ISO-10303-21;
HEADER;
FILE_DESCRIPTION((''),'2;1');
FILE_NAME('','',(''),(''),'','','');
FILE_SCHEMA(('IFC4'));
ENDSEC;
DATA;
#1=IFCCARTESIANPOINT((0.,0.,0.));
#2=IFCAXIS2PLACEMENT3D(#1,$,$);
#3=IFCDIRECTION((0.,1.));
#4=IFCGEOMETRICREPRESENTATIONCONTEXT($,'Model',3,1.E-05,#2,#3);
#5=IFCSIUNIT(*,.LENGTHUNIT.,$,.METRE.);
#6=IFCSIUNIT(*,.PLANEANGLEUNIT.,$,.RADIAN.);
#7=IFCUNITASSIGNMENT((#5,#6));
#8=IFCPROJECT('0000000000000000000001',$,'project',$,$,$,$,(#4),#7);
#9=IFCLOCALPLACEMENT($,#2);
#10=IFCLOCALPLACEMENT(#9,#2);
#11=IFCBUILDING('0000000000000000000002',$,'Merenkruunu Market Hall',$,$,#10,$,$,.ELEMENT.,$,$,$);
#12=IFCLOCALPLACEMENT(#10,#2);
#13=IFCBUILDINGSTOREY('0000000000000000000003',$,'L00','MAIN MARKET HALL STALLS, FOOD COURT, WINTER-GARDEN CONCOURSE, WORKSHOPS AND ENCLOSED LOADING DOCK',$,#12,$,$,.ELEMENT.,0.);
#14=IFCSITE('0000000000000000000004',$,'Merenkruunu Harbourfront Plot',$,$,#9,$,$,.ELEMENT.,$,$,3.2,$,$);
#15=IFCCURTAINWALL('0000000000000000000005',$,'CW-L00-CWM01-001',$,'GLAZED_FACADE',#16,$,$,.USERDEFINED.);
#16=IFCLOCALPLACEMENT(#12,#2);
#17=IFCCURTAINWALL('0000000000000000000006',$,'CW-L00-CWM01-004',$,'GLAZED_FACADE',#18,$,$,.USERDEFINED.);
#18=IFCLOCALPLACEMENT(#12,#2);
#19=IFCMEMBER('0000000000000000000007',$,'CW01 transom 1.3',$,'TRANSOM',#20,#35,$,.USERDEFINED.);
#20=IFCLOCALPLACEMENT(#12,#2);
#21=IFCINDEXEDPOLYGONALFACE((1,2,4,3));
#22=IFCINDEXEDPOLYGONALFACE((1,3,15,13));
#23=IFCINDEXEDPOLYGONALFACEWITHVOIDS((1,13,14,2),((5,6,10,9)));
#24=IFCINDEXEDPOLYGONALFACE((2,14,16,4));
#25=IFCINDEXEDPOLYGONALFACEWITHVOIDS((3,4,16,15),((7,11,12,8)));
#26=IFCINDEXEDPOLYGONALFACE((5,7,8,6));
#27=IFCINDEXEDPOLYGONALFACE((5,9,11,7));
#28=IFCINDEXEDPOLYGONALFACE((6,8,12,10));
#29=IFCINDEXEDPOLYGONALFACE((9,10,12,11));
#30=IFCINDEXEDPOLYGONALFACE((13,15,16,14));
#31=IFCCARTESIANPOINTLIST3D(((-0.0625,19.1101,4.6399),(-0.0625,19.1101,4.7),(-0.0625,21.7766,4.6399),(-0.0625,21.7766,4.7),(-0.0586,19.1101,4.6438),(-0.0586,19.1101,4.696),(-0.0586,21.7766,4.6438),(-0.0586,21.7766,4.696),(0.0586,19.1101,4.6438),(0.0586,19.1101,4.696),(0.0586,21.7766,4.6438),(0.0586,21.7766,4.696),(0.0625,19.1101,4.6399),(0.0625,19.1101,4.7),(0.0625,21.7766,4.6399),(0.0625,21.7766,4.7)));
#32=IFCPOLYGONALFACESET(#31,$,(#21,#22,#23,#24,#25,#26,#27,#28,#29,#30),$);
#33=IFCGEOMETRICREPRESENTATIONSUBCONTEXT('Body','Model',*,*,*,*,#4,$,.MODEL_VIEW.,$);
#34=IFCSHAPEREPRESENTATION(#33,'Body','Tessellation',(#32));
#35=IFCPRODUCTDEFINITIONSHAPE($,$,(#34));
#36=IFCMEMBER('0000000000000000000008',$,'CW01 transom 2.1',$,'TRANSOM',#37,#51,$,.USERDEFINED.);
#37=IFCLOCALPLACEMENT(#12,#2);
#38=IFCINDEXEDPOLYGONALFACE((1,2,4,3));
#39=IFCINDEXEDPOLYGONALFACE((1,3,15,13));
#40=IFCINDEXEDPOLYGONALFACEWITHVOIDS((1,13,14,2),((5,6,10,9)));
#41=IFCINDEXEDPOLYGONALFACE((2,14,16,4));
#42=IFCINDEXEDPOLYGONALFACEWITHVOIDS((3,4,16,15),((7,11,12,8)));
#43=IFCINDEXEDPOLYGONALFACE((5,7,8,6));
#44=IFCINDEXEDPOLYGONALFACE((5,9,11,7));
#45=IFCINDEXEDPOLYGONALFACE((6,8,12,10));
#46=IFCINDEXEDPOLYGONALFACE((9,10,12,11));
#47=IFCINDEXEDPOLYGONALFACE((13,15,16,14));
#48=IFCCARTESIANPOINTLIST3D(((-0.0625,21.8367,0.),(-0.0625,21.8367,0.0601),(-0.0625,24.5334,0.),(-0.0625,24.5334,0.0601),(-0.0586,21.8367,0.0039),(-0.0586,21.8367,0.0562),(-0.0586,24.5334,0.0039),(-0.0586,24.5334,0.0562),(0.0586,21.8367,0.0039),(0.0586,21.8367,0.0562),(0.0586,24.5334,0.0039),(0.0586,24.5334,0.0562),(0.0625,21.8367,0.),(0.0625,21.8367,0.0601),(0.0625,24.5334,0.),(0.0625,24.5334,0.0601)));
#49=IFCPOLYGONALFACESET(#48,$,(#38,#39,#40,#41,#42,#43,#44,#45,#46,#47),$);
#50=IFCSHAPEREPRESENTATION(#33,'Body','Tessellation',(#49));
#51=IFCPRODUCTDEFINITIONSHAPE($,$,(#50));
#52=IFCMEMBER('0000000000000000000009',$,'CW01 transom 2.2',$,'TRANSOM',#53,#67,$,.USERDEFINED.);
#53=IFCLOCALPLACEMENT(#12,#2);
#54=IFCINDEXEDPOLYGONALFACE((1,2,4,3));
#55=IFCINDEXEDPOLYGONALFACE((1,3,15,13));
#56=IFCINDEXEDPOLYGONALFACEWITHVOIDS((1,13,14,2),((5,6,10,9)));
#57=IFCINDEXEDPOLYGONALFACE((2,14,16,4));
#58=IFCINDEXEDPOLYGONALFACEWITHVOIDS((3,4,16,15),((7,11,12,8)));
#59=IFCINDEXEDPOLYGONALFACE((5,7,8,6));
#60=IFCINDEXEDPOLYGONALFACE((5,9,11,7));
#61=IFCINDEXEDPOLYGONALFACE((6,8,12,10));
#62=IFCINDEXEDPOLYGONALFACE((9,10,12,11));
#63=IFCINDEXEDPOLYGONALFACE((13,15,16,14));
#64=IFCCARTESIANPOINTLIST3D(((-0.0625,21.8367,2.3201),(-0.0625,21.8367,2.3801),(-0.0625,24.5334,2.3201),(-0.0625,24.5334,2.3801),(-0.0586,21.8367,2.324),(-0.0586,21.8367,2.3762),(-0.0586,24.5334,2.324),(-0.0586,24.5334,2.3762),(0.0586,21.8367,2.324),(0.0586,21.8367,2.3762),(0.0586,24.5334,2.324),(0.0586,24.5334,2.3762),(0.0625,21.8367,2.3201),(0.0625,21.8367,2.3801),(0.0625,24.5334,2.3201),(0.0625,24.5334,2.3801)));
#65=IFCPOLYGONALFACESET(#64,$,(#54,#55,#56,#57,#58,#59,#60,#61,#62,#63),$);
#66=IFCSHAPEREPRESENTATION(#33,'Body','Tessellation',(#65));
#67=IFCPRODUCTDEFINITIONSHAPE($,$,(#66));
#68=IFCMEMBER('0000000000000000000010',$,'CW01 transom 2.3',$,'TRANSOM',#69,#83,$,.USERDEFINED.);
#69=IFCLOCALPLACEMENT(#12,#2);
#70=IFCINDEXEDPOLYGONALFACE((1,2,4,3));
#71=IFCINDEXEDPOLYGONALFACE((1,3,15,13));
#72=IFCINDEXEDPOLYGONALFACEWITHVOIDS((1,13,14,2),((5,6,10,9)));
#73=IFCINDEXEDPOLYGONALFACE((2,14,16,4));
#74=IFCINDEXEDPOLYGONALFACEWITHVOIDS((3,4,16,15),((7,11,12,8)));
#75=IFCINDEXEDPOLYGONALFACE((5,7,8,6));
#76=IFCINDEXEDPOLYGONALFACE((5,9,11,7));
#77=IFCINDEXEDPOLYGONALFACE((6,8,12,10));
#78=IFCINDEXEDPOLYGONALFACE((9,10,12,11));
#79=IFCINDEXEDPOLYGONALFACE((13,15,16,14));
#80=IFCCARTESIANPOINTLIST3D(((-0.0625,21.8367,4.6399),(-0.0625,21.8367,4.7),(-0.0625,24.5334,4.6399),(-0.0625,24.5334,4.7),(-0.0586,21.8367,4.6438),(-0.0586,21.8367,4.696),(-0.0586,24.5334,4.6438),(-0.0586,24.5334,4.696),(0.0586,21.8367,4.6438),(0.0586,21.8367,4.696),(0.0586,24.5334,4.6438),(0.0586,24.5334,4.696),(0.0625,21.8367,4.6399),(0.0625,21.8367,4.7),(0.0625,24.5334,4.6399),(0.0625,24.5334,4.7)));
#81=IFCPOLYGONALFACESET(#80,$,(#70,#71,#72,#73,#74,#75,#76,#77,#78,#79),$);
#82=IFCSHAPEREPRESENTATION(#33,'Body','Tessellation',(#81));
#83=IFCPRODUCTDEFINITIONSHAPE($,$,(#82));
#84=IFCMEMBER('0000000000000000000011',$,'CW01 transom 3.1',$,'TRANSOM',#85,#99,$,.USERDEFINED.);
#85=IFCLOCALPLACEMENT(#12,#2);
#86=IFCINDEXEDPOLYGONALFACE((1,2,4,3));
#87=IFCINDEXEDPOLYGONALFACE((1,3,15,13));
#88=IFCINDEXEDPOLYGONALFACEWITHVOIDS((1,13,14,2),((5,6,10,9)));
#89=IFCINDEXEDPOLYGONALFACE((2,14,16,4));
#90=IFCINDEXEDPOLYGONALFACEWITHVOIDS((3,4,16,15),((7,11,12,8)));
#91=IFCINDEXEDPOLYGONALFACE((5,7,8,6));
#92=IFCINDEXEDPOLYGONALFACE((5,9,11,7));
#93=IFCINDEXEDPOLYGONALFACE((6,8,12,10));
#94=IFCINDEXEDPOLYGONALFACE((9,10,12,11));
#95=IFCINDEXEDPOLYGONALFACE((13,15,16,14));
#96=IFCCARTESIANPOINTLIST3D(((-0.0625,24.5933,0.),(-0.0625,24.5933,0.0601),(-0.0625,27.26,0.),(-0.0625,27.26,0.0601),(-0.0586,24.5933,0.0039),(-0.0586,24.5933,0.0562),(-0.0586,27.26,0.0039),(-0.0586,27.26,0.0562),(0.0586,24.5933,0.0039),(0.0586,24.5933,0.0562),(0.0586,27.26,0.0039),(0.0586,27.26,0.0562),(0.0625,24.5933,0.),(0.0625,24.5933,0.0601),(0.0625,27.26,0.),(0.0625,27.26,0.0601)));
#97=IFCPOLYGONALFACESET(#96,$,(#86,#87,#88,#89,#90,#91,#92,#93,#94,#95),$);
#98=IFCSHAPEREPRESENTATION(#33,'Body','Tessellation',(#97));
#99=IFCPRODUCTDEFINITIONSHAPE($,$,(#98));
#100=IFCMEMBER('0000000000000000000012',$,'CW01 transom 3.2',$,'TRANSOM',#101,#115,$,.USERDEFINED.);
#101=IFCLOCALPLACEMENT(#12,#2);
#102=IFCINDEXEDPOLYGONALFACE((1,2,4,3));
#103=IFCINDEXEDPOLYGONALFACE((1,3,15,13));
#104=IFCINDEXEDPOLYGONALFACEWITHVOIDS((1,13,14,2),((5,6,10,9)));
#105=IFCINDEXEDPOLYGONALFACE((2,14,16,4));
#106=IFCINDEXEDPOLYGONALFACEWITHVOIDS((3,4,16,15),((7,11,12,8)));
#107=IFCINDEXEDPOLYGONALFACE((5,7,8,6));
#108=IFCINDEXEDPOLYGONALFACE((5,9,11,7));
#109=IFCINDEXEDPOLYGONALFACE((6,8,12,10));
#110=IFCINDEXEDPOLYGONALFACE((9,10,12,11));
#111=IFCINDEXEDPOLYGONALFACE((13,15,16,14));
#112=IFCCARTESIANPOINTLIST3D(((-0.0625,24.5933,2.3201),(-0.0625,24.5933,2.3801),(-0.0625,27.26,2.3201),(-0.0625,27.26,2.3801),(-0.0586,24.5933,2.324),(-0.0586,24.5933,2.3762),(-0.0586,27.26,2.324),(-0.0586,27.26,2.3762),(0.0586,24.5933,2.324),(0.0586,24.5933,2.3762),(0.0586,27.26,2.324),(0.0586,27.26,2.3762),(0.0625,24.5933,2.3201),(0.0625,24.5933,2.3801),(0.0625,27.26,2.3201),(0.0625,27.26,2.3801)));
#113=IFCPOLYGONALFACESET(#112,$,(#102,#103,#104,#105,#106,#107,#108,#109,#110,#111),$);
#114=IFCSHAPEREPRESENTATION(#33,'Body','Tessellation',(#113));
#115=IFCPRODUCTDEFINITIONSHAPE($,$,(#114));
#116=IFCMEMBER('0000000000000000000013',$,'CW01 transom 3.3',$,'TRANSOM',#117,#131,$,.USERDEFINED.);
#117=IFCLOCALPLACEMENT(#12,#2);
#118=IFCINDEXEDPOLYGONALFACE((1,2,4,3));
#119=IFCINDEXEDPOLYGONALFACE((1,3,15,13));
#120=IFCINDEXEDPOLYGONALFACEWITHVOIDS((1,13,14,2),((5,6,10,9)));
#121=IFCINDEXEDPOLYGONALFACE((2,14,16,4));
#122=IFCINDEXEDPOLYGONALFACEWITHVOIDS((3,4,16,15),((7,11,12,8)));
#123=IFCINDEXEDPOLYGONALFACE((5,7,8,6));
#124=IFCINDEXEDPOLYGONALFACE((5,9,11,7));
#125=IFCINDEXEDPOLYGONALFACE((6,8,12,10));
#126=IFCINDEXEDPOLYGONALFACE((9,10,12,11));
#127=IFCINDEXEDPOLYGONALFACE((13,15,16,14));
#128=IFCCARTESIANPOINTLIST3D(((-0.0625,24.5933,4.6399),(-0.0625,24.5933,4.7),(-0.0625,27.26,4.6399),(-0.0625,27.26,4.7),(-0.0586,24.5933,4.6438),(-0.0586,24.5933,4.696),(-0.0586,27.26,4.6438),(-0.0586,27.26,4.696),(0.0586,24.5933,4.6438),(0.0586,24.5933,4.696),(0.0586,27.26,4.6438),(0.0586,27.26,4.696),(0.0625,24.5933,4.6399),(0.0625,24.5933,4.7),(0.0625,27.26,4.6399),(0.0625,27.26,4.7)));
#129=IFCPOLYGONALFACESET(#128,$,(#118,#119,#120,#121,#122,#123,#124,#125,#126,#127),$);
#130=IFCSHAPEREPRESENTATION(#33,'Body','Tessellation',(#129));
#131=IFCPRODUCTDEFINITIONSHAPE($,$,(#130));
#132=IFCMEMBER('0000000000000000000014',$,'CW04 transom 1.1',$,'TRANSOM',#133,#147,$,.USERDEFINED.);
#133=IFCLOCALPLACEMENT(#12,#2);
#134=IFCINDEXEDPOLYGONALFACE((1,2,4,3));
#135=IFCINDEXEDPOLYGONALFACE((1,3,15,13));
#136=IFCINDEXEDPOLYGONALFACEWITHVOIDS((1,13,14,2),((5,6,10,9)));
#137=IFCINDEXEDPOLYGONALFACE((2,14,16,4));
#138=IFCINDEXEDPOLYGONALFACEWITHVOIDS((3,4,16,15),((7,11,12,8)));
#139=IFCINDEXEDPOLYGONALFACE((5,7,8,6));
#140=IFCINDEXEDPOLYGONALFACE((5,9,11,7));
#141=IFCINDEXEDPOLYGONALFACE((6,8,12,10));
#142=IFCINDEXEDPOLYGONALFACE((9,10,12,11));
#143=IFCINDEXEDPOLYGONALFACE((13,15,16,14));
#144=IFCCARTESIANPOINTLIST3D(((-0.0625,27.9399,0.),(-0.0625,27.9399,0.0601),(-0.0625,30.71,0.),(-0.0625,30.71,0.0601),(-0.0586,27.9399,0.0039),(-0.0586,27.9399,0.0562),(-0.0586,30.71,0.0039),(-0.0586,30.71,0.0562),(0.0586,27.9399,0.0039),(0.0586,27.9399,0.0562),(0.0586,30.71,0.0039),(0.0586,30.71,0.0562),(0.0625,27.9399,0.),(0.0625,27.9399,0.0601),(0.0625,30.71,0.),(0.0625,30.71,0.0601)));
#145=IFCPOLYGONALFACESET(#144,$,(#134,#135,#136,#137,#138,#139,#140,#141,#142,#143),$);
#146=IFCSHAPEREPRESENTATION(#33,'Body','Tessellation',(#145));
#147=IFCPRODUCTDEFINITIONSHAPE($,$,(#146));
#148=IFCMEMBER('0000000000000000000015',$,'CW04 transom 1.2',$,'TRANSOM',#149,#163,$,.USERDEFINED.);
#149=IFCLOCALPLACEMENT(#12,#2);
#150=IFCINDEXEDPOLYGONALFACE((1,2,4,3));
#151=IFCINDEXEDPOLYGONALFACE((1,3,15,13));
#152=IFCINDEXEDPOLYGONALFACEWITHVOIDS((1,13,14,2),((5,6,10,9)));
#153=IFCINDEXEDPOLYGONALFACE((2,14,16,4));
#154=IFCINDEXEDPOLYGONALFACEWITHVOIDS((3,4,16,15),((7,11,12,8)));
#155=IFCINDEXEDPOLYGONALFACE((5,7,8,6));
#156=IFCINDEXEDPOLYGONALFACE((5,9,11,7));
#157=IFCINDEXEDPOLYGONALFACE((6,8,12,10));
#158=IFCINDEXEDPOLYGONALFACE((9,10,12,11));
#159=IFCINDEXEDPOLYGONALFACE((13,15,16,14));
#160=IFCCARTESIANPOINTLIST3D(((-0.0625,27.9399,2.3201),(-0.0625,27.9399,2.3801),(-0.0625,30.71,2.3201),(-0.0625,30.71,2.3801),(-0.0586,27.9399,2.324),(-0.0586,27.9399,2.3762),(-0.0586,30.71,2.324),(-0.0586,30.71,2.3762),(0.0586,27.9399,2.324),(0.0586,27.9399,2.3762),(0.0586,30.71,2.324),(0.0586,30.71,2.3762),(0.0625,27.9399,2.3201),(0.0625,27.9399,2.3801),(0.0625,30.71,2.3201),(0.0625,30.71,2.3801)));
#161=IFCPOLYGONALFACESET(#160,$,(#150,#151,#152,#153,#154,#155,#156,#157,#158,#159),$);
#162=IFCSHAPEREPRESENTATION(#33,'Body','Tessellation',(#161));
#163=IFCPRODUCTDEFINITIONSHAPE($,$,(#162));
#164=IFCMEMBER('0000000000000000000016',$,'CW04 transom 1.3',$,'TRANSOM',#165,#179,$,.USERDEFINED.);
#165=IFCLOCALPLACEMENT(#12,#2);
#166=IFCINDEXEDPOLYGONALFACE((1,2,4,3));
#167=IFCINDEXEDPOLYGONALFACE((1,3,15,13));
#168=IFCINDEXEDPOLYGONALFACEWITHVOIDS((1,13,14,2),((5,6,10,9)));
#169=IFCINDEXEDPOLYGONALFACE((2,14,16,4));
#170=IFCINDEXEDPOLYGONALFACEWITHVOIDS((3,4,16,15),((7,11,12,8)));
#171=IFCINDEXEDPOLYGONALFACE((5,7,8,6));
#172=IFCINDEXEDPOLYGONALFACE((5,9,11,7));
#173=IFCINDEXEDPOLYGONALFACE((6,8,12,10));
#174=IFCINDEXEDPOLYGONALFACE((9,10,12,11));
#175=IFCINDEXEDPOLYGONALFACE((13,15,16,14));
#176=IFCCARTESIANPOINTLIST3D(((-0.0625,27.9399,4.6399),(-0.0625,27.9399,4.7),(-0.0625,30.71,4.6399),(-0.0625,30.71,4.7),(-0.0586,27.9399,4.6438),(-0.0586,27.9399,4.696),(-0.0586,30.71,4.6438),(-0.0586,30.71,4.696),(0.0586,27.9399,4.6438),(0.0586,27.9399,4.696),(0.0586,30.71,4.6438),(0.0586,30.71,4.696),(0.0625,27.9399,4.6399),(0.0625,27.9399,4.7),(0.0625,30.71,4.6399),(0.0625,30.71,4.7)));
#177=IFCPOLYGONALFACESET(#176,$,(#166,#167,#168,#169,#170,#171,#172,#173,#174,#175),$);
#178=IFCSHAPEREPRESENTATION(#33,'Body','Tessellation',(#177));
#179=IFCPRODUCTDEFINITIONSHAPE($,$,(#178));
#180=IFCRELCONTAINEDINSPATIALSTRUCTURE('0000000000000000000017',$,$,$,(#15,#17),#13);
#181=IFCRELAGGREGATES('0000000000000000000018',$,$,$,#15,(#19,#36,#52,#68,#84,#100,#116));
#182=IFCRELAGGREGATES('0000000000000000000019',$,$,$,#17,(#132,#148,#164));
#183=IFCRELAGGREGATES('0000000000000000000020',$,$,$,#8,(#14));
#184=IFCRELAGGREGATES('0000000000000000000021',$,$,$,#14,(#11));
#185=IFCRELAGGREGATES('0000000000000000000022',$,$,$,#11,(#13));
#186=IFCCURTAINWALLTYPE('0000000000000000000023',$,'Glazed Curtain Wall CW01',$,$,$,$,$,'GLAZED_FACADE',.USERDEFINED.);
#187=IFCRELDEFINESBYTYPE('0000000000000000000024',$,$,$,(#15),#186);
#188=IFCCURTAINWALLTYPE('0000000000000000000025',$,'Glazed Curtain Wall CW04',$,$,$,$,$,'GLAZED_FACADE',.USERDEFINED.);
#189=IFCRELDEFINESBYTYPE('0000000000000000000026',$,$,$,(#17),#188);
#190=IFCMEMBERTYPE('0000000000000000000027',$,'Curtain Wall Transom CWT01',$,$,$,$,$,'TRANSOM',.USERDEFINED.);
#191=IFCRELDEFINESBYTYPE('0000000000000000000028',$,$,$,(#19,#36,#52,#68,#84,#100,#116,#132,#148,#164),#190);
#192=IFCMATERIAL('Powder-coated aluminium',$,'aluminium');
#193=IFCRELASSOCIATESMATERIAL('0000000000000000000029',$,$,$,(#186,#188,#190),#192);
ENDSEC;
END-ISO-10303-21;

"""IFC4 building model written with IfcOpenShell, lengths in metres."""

from ifc_helpers import new_model, si_unit, direction, frame, origin, origin_2d, place, context, subcontext, project, spatial, hollow_rectangle, extrude, material, material_profile, profile_set, type_object, element, aggregate, save


model = new_model("IFC4")

# Units and contexts
model_context = context("Model", 3, precision=1e-05, world=origin(), true_north=direction((0.0, 1.0)))
body_context = subcontext(model_context, "Body", "Model", "MODEL_VIEW")
ifc_project = project(units=[si_unit("LENGTHUNIT", "METRE"), si_unit("PLANEANGLEUNIT", "RADIAN")], contexts=[model_context])

# Site, building, storey
site_placement = place(None, origin())
site = spatial("IfcSite", under=ifc_project, at=site_placement, Name="Merenkruunu Harbourfront Plot", CompositionType="ELEMENT", RefElevation=3.2)
building_placement = place(site_placement, origin())
building = spatial("IfcBuilding", under=site, at=building_placement, Name="Merenkruunu Market Hall", CompositionType="ELEMENT")
storey_placement = place(building_placement, origin())
storey = spatial("IfcBuildingStorey", under=building, at=storey_placement, Name="L00", Description="MAIN MARKET HALL STALLS, FOOD COURT, WINTER-GARDEN CONCOURSE, WORKSHOPS AND ENCLOSED LOADING DOCK", CompositionType="ELEMENT", Elevation=0.0)

# Curtain walls
ifc_material_1 = material(Name="Powder-coated aluminium", Category="aluminium")
curtain_wall_type_1 = type_object("IfcCurtainWallType", Name="Glazed Curtain Wall CW01", ElementType="GLAZED_FACADE", PredefinedType="USERDEFINED", material=ifc_material_1)
curtain_wall_1_placement = place(storey_placement, origin())
curtain_wall_1 = element("IfcCurtainWall", 1, at=curtain_wall_1_placement, inside=storey, type_object=curtain_wall_type_1, Name="CW-L00-CWM01-001", ObjectType="GLAZED_FACADE", PredefinedType="USERDEFINED")
curtain_wall_type_2 = type_object("IfcCurtainWallType", Name="Glazed Curtain Wall CW04", ElementType="GLAZED_FACADE", PredefinedType="USERDEFINED", material=ifc_material_1)
curtain_wall_2_placement = place(storey_placement, origin())
curtain_wall_2 = element("IfcCurtainWall", 2, at=curtain_wall_2_placement, inside=storey, type_object=curtain_wall_type_2, Name="CW-L00-CWM01-004", ObjectType="GLAZED_FACADE", PredefinedType="USERDEFINED")

# Members
ifc_material_profile_1 = material_profile(ifc_material_1, hollow_rectangle(XDim=0.0601, YDim=0.125, WallThickness=0.0039, at=origin_2d()), Name="ALU 60x125x4")
ifc_profile_set_1 = profile_set([ifc_material_profile_1], Name="Powder-coated aluminium")
member_type_1 = type_object("IfcMemberType", Name="Curtain Wall Transom CWT01", ElementType="TRANSOM", PredefinedType="USERDEFINED", material=ifc_profile_set_1)
member_1_placement = place(storey_placement, frame((0.0, 19.1101, 4.6699), z_axis=(0.0, 1.0, 0.0), x_axis=(0.0, 0.0, 1.0)))
member_1 = element("IfcMember", 3, at=member_1_placement, type_object=member_type_1, Name="CW01 transom 1.3", ObjectType="TRANSOM", PredefinedType="USERDEFINED", context=body_context, shape_type="SweptSolid", body=[
    extrude(hollow_rectangle(XDim=0.0601, YDim=0.125, WallThickness=0.0039, at=origin_2d()), origin(), (0.0, 0.0, 1.0), 2.6665),
])
member_2_placement = place(storey_placement, frame((0.0, 21.8367, 0.03), z_axis=(0.0, 1.0, 0.0), x_axis=(0.0, 0.0, 1.0)))
member_2 = element("IfcMember", 4, at=member_2_placement, type_object=member_type_1, Name="CW01 transom 2.1", ObjectType="TRANSOM", PredefinedType="USERDEFINED", context=body_context, shape_type="SweptSolid", body=[
    extrude(hollow_rectangle(XDim=0.0601, YDim=0.125, WallThickness=0.0039, at=origin_2d()), origin(), (0.0, 0.0, 1.0), 2.6968),
])
member_3_placement = place(storey_placement, frame((0.0, 21.8367, 2.3501), z_axis=(0.0, 1.0, 0.0), x_axis=(0.0, 0.0, 1.0)))
member_3 = element("IfcMember", 5, at=member_3_placement, type_object=member_type_1, Name="CW01 transom 2.2", ObjectType="TRANSOM", PredefinedType="USERDEFINED", context=body_context, shape_type="SweptSolid", body=[
    extrude(hollow_rectangle(XDim=0.0601, YDim=0.125, WallThickness=0.0039, at=origin_2d()), origin(), (0.0, 0.0, 1.0), 2.6968),
])
member_4_placement = place(storey_placement, frame((0.0, 21.8367, 4.6699), z_axis=(0.0, 1.0, 0.0), x_axis=(0.0, 0.0, 1.0)))
member_4 = element("IfcMember", 6, at=member_4_placement, type_object=member_type_1, Name="CW01 transom 2.3", ObjectType="TRANSOM", PredefinedType="USERDEFINED", context=body_context, shape_type="SweptSolid", body=[
    extrude(hollow_rectangle(XDim=0.0601, YDim=0.125, WallThickness=0.0039, at=origin_2d()), origin(), (0.0, 0.0, 1.0), 2.6968),
])
member_5_placement = place(storey_placement, frame((0.0, 24.5933, 0.03), z_axis=(0.0, 1.0, 0.0), x_axis=(0.0, 0.0, 1.0)))
member_5 = element("IfcMember", 7, at=member_5_placement, type_object=member_type_1, Name="CW01 transom 3.1", ObjectType="TRANSOM", PredefinedType="USERDEFINED", context=body_context, shape_type="SweptSolid", body=[
    extrude(hollow_rectangle(XDim=0.0601, YDim=0.125, WallThickness=0.0039, at=origin_2d()), origin(), (0.0, 0.0, 1.0), 2.6667),
])
member_6_placement = place(storey_placement, frame((0.0, 24.5933, 2.3501), z_axis=(0.0, 1.0, 0.0), x_axis=(0.0, 0.0, 1.0)))
member_6 = element("IfcMember", 8, at=member_6_placement, type_object=member_type_1, Name="CW01 transom 3.2", ObjectType="TRANSOM", PredefinedType="USERDEFINED", context=body_context, shape_type="SweptSolid", body=[
    extrude(hollow_rectangle(XDim=0.0601, YDim=0.125, WallThickness=0.0039, at=origin_2d()), origin(), (0.0, 0.0, 1.0), 2.6667),
])
member_7_placement = place(storey_placement, frame((0.0, 24.5933, 4.6699), z_axis=(0.0, 1.0, 0.0), x_axis=(0.0, 0.0, 1.0)))
member_7 = element("IfcMember", 9, at=member_7_placement, type_object=member_type_1, Name="CW01 transom 3.3", ObjectType="TRANSOM", PredefinedType="USERDEFINED", context=body_context, shape_type="SweptSolid", body=[
    extrude(hollow_rectangle(XDim=0.0601, YDim=0.125, WallThickness=0.0039, at=origin_2d()), origin(), (0.0, 0.0, 1.0), 2.6667),
])
member_8_placement = place(storey_placement, frame((0.0, 27.9399, 0.03), z_axis=(0.0, 1.0, 0.0), x_axis=(0.0, 0.0, 1.0)))
member_8 = element("IfcMember", 10, at=member_8_placement, type_object=member_type_1, Name="CW04 transom 1.1", ObjectType="TRANSOM", PredefinedType="USERDEFINED", context=body_context, shape_type="SweptSolid", body=[
    extrude(hollow_rectangle(XDim=0.0601, YDim=0.125, WallThickness=0.0039, at=origin_2d()), origin(), (0.0, 0.0, 1.0), 2.77),
])
member_9_placement = place(storey_placement, frame((0.0, 27.9399, 2.3501), z_axis=(0.0, 1.0, 0.0), x_axis=(0.0, 0.0, 1.0)))
member_9 = element("IfcMember", 11, at=member_9_placement, type_object=member_type_1, Name="CW04 transom 1.2", ObjectType="TRANSOM", PredefinedType="USERDEFINED", context=body_context, shape_type="SweptSolid", body=[
    extrude(hollow_rectangle(XDim=0.0601, YDim=0.125, WallThickness=0.0039, at=origin_2d()), origin(), (0.0, 0.0, 1.0), 2.77),
])
member_10_placement = place(storey_placement, frame((0.0, 27.9399, 4.6699), z_axis=(0.0, 1.0, 0.0), x_axis=(0.0, 0.0, 1.0)))
member_10 = element("IfcMember", 12, at=member_10_placement, type_object=member_type_1, Name="CW04 transom 1.3", ObjectType="TRANSOM", PredefinedType="USERDEFINED", context=body_context, shape_type="SweptSolid", body=[
    extrude(hollow_rectangle(XDim=0.0601, YDim=0.125, WallThickness=0.0039, at=origin_2d()), origin(), (0.0, 0.0, 1.0), 2.77),
])

aggregate(curtain_wall_1, [member_1, member_2, member_3, member_4, member_5, member_6, member_7])
aggregate(curtain_wall_2, [member_8, member_9, member_10])

save(model, "model.ifc")
